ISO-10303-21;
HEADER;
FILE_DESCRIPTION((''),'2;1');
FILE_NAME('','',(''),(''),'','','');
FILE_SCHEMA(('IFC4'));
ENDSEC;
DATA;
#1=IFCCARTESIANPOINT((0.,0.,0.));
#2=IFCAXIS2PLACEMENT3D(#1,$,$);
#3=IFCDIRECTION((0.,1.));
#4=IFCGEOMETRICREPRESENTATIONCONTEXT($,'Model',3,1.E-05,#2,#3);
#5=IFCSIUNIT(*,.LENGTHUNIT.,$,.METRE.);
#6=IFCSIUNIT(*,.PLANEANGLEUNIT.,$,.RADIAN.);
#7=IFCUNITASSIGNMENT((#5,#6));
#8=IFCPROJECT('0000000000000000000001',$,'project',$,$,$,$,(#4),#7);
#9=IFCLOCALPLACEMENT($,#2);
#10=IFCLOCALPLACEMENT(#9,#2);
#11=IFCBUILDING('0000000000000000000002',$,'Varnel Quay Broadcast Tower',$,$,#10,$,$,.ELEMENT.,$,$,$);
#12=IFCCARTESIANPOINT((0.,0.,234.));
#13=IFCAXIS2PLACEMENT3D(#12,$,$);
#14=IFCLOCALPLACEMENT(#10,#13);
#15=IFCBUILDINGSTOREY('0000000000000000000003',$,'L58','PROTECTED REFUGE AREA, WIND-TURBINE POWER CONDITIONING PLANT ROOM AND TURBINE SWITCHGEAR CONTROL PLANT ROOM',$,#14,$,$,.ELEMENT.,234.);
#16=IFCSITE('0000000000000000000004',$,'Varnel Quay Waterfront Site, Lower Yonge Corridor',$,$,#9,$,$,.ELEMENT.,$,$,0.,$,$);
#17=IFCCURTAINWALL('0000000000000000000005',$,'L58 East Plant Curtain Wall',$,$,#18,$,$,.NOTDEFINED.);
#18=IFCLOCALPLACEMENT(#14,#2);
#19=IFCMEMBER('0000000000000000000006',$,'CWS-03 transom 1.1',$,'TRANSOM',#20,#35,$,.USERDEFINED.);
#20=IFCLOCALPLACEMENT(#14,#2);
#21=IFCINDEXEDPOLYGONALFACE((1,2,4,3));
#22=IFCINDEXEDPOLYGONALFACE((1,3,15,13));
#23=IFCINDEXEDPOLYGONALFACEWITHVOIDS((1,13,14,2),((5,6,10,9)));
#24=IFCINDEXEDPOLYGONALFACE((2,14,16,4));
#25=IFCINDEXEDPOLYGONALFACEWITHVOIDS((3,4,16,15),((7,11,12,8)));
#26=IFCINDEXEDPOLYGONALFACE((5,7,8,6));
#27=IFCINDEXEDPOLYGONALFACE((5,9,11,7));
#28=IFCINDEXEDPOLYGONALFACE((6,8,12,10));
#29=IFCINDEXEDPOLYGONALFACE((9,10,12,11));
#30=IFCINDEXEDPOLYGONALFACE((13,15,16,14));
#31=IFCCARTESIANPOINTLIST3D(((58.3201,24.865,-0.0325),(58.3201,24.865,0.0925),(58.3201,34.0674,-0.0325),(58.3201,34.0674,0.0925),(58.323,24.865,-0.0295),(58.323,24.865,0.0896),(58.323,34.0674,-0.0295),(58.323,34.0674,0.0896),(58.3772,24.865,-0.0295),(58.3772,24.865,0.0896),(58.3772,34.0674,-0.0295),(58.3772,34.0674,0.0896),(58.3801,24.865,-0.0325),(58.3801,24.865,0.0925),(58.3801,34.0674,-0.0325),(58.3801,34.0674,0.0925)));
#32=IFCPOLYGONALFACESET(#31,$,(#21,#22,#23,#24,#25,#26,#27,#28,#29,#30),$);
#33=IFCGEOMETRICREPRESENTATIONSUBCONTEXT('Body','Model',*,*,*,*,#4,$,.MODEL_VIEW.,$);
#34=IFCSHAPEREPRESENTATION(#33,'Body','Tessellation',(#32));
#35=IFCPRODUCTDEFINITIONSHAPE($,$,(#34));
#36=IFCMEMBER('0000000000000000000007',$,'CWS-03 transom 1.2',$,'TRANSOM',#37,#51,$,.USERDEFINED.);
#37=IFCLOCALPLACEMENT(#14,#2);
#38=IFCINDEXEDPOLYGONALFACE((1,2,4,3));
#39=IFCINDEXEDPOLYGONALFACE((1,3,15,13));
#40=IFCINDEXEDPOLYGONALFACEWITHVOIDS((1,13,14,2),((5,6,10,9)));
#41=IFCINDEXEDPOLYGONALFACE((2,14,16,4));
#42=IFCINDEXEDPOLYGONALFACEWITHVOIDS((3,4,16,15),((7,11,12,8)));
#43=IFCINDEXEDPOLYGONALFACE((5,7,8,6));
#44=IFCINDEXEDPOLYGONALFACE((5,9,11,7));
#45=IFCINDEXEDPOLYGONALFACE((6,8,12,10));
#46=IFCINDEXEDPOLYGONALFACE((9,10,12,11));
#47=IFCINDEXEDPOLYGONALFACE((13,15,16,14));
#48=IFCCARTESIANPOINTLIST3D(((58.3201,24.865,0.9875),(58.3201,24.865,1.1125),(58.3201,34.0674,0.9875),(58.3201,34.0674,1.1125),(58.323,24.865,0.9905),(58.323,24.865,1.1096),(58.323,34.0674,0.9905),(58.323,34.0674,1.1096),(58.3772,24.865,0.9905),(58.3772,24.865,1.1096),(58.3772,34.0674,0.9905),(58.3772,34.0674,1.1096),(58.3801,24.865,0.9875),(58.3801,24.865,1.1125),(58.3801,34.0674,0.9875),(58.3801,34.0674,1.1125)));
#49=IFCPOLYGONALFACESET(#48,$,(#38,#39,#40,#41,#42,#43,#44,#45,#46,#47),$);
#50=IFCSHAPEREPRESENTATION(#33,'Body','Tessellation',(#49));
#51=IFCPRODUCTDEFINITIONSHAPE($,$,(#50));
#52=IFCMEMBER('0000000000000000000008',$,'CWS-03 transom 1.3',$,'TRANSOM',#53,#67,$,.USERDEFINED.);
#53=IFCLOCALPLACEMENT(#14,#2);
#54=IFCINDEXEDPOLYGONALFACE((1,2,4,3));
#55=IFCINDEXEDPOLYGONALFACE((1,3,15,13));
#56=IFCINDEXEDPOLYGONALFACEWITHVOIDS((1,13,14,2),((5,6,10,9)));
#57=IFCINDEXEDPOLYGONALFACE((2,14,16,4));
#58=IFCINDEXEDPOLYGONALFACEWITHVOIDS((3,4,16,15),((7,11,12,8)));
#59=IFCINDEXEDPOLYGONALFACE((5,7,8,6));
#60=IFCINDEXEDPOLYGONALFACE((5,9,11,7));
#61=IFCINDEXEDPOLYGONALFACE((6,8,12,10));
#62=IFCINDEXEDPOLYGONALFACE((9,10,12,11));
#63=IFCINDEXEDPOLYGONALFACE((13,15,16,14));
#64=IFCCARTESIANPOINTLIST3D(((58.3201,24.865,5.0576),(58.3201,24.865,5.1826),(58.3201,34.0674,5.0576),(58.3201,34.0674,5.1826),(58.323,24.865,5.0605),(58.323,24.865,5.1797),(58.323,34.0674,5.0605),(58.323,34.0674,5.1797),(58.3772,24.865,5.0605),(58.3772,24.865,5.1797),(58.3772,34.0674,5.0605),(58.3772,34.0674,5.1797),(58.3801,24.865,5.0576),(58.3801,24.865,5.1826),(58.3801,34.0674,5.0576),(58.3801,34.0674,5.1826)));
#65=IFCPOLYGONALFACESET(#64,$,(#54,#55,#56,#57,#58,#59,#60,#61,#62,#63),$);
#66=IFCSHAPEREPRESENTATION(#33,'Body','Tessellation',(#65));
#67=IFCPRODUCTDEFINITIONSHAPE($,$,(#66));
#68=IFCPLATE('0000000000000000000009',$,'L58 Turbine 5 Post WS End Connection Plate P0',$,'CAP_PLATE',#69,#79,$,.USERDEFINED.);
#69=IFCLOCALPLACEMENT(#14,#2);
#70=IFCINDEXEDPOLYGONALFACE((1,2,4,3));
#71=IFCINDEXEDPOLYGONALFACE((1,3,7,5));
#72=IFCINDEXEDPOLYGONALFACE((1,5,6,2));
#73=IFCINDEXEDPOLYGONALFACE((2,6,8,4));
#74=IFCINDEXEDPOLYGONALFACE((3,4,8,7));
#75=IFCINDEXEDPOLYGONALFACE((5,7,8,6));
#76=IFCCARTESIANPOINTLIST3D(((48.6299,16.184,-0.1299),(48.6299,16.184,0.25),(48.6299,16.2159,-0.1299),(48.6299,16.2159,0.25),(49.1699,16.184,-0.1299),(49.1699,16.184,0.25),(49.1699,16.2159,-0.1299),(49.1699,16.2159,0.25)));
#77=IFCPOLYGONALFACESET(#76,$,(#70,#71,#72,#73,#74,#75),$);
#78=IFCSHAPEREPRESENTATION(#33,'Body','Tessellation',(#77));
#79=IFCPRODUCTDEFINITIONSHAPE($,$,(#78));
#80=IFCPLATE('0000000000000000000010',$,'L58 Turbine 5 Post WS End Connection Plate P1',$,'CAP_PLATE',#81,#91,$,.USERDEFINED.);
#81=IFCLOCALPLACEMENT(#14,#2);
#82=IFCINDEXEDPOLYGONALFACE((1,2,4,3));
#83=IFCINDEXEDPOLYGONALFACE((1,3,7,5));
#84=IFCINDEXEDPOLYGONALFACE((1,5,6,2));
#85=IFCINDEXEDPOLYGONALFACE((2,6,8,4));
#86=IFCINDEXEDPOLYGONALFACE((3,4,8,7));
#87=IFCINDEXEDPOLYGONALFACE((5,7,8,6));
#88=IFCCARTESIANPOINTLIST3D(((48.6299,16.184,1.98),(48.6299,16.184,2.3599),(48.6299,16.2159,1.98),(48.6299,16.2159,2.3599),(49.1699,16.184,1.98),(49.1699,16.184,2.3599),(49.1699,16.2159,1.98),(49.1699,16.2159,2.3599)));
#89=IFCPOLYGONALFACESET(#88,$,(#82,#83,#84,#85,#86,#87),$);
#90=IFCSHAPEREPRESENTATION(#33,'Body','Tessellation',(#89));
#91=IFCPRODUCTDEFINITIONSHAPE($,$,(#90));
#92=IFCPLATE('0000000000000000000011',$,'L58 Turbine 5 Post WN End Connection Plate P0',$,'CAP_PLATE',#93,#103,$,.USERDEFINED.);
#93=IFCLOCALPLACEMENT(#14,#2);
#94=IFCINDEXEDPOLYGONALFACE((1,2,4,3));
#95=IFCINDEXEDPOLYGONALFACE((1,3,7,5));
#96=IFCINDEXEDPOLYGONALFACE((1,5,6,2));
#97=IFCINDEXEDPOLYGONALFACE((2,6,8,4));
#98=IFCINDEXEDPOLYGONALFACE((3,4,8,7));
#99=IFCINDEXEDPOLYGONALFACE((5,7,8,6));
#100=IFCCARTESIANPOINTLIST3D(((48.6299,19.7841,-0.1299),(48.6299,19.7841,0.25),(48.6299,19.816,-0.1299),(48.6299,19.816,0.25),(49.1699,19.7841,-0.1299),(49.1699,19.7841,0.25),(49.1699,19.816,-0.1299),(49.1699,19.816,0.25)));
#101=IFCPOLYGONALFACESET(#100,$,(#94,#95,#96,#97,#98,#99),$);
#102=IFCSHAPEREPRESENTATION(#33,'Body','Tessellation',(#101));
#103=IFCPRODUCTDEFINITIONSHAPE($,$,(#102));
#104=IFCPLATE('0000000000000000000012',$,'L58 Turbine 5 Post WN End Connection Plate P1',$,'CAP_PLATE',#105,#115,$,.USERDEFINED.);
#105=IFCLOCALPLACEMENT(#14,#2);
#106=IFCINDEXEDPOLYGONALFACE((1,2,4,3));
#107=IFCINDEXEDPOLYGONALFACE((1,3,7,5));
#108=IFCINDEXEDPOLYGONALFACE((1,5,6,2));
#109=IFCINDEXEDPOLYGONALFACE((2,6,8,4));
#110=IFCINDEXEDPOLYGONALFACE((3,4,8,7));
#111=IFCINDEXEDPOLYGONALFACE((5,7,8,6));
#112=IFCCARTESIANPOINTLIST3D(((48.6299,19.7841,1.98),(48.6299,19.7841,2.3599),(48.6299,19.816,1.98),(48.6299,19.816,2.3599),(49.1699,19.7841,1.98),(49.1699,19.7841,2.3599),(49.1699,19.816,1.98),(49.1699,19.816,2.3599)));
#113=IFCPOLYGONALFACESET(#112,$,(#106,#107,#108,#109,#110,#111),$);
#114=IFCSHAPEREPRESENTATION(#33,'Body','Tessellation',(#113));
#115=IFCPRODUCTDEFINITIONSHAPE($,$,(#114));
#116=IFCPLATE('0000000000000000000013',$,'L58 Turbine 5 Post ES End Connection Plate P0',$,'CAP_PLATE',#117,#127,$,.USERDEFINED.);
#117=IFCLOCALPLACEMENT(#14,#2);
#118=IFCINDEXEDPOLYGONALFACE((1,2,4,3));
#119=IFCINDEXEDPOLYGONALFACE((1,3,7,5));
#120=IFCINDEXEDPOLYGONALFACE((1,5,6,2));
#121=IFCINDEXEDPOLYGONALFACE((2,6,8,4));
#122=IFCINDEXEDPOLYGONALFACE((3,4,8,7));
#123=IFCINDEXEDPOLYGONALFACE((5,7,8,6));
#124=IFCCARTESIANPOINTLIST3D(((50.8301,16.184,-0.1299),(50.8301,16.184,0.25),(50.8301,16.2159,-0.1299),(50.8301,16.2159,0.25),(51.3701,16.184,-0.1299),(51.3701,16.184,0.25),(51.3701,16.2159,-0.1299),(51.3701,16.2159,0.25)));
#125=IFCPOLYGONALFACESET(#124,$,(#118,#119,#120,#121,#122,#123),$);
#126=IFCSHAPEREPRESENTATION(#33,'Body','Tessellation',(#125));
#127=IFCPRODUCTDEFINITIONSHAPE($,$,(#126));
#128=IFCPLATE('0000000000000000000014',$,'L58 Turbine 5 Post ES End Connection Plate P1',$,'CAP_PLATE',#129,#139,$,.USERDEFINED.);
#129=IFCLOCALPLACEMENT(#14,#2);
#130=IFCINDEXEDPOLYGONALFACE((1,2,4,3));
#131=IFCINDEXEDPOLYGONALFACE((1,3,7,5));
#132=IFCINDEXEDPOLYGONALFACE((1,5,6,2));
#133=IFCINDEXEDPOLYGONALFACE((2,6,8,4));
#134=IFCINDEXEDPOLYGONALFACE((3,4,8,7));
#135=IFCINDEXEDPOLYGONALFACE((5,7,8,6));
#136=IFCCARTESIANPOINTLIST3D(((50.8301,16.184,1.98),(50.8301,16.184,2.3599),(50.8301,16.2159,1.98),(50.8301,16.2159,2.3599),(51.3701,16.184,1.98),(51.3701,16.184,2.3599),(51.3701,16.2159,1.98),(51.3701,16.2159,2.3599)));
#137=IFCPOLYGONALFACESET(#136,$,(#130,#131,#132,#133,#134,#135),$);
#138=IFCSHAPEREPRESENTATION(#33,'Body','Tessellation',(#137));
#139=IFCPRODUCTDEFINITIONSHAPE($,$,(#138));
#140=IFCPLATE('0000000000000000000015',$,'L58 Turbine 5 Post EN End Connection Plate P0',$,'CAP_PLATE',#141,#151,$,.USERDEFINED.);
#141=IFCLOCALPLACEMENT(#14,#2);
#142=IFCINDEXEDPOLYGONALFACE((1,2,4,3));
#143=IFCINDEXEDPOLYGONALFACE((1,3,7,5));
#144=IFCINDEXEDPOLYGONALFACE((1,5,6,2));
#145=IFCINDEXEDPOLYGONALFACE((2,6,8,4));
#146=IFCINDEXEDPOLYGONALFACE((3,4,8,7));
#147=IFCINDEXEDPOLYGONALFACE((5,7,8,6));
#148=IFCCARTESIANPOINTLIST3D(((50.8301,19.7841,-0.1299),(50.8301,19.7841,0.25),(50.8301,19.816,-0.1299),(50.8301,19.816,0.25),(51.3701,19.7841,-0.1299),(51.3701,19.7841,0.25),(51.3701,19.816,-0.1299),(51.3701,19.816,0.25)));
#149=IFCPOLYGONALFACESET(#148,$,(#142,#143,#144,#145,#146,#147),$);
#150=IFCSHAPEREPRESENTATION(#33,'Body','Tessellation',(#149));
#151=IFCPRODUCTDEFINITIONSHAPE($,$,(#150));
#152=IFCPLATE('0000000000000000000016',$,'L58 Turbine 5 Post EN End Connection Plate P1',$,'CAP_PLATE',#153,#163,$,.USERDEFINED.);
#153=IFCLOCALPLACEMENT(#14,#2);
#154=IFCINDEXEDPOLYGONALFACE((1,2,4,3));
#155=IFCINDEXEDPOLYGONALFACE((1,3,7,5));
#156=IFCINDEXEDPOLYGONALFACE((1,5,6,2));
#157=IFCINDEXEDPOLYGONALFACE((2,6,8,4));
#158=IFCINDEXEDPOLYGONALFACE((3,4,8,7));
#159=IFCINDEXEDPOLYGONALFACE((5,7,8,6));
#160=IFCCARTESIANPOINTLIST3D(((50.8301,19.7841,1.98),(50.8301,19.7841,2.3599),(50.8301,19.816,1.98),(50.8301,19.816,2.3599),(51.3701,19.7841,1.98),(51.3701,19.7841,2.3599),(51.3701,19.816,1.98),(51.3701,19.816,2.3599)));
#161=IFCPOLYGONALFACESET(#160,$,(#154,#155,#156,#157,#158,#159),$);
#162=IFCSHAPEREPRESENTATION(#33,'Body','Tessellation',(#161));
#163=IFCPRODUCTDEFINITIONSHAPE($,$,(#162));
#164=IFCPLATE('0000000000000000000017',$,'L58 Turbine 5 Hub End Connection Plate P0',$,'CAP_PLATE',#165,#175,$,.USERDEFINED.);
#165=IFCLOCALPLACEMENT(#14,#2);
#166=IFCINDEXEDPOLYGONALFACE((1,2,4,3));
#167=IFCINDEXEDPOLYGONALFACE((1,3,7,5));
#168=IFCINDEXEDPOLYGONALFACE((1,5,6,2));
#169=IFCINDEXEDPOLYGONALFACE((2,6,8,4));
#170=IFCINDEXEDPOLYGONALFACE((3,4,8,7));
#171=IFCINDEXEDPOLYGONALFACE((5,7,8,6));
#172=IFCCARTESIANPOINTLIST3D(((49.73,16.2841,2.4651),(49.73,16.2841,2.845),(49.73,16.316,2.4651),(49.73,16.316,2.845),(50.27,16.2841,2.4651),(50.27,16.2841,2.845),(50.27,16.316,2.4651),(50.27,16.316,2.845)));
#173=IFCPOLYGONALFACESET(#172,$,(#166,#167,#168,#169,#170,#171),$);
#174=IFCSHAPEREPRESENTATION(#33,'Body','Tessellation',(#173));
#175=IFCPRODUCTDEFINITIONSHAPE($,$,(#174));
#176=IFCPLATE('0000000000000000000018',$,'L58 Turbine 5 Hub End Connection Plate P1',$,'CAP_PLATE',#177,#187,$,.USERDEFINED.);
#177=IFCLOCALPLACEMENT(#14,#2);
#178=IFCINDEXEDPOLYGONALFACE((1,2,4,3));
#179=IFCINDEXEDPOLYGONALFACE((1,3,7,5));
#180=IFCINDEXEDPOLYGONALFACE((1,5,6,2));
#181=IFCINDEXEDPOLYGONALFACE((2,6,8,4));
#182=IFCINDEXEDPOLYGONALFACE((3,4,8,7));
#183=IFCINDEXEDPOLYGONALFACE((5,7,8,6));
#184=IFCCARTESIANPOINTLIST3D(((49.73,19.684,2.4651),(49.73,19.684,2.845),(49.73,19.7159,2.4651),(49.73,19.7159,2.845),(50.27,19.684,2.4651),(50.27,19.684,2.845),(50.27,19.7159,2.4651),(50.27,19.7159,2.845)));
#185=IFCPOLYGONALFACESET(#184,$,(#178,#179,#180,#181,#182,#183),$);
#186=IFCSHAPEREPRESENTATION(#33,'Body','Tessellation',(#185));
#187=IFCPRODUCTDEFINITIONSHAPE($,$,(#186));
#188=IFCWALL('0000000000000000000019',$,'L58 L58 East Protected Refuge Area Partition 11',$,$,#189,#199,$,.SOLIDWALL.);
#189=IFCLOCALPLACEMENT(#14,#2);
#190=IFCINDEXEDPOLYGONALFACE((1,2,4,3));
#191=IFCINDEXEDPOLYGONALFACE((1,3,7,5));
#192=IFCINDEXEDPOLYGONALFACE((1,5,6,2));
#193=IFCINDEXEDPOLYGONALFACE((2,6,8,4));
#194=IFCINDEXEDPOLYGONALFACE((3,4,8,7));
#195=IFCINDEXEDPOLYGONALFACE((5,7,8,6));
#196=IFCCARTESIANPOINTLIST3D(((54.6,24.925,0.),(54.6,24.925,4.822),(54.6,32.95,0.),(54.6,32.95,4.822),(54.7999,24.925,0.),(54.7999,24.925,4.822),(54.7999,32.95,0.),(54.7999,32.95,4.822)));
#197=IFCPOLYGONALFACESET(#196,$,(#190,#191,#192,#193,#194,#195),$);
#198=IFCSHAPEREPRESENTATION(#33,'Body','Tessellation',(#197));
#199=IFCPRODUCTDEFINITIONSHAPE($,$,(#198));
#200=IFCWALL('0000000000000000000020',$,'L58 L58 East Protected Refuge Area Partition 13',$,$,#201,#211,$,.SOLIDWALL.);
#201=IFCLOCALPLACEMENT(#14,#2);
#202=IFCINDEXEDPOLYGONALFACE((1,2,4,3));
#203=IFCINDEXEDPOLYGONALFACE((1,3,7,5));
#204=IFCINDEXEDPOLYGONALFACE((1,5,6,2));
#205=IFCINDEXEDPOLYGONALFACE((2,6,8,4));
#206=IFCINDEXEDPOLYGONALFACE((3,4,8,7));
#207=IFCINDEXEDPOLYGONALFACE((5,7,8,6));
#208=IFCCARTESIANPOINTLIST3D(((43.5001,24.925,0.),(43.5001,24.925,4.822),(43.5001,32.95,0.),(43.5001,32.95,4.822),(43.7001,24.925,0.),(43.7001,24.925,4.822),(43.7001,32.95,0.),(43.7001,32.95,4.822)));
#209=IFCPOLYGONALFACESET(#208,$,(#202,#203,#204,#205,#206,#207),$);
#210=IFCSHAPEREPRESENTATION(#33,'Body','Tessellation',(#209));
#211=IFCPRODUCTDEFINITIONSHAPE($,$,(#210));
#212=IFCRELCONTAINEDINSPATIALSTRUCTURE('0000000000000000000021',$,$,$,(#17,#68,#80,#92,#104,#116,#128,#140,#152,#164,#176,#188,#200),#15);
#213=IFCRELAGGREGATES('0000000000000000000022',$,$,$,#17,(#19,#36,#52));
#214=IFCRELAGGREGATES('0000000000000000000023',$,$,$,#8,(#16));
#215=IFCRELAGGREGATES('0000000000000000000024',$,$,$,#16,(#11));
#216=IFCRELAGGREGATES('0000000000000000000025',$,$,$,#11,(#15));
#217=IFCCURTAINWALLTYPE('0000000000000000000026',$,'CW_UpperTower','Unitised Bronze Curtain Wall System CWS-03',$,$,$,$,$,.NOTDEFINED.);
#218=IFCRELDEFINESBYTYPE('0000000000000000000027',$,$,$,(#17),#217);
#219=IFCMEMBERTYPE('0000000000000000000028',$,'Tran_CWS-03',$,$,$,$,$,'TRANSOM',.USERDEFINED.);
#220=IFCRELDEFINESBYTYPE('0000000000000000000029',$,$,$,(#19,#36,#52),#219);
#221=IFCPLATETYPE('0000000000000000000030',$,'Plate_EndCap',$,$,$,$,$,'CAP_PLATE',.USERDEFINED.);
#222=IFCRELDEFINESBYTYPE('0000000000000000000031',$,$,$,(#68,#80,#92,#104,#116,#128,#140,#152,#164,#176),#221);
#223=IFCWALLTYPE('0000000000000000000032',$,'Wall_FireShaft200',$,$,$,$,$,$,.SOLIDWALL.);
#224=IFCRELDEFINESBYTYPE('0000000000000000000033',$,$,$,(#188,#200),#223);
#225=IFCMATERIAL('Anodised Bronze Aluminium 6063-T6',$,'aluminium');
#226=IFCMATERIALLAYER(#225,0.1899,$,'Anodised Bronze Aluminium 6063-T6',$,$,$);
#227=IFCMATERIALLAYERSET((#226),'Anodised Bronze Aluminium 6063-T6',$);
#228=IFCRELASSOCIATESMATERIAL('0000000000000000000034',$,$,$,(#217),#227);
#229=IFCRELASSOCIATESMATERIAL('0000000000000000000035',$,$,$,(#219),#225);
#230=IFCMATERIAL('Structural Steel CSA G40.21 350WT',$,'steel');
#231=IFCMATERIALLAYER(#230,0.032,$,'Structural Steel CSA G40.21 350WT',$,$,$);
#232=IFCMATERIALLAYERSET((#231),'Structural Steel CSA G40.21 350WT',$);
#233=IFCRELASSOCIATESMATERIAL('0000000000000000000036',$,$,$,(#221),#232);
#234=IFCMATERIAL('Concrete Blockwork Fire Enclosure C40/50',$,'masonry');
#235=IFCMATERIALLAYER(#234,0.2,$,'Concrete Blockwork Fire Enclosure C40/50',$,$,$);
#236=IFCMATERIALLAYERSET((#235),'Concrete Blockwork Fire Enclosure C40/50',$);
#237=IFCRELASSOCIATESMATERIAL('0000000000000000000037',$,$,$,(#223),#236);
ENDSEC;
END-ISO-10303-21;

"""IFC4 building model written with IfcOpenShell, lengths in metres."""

from ifc_helpers import new_model, si_unit, direction, frame, frame_2d, origin, origin_2d, place, context, subcontext, project, spatial, rectangle, hollow_rectangle, extrude, source, transform, mapped, material, layer, layer_set, material_profile, profile_set, type_object, type_shapes, element, aggregate, save


model = new_model("IFC4")

# Units and contexts
model_context = context("Model", 3, precision=1e-05, world=origin(), true_north=direction((0.0, 1.0)))
body_context = subcontext(model_context, "Body", "Model", "MODEL_VIEW")
ifc_project = project(units=[si_unit("LENGTHUNIT", "METRE"), si_unit("PLANEANGLEUNIT", "RADIAN")], contexts=[model_context])

# Site, building, storey
site_placement = place(None, origin())
site = spatial("IfcSite", under=ifc_project, at=site_placement, Name="Varnel Quay Waterfront Site, Lower Yonge Corridor", CompositionType="ELEMENT", RefElevation=0.0)
building_placement = place(site_placement, origin())
building = spatial("IfcBuilding", under=site, at=building_placement, Name="Varnel Quay Broadcast Tower", CompositionType="ELEMENT")
storey_placement = place(building_placement, frame((0.0, 0.0, 234.0)))
storey = spatial("IfcBuildingStorey", under=building, at=storey_placement, Name="L58", Description="PROTECTED REFUGE AREA, WIND-TURBINE POWER CONDITIONING PLANT ROOM AND TURBINE SWITCHGEAR CONTROL PLANT ROOM", CompositionType="ELEMENT", Elevation=234.0)

# Shared definitions
ifc_material_1 = material(Name="Structural Steel CSA G40.21 350WT", Category="steel")

# Curtain wall, members
ifc_material_2 = material(Name="Anodised Bronze Aluminium 6063-T6", Category="aluminium")
ifc_layer_1 = layer(ifc_material_2, 0.1899, Name="Anodised Bronze Aluminium 6063-T6")
ifc_layer_set_1 = layer_set([ifc_layer_1], Name="Anodised Bronze Aluminium 6063-T6")
curtain_wall_type = type_object("IfcCurtainWallType", Name="CW_UpperTower", Description="Unitised Bronze Curtain Wall System CWS-03", PredefinedType="NOTDEFINED", material=ifc_layer_set_1)
curtain_wall_placement = place(storey_placement, origin())
curtain_wall = element("IfcCurtainWall", 1, at=curtain_wall_placement, inside=storey, type_object=curtain_wall_type, Name="L58 East Plant Curtain Wall", PredefinedType="NOTDEFINED")
ifc_material_profile_1 = material_profile(ifc_material_2, hollow_rectangle(XDim=0.0601, YDim=0.125, WallThickness=0.0029, at=origin_2d()), Name="ALU60X125X3")
ifc_profile_set_1 = profile_set([ifc_material_profile_1], Name="Anodised Bronze Aluminium 6063-T6")
member_type_1 = type_object("IfcMemberType", Name="Tran_CWS-03", ElementType="TRANSOM", PredefinedType="USERDEFINED", material=ifc_profile_set_1)
shared_shape_1 = source(origin(), body_context, "Body", "SweptSolid", [
    extrude(hollow_rectangle(XDim=0.0601, YDim=0.125, WallThickness=0.0029, at=origin_2d()), origin(), (0.0, 0.0, 1.0), 9.2024),
])
type_shapes(member_type_1, [shared_shape_1])
member_1_placement = place(storey_placement, frame((58.3501, 24.865, 0.03), z_axis=(0.0, 1.0, 0.0), x_axis=(-1.0, 0.0, 0.0)))
member_1 = element("IfcMember", 2, at=member_1_placement, type_object=member_type_1, Name="CWS-03 transom 1.1", ObjectType="TRANSOM", PredefinedType="USERDEFINED", context=body_context, shape_type="MappedRepresentation", body=[
    mapped(shared_shape_1, transform((0.0, 0.0, 0.0), x_axis=(1.0, 0.0, 0.0), y_axis=(0.0, 1.0, 0.0), z_axis=(0.0, 0.0, 1.0), scale=1.0)),
])
member_2_placement = place(storey_placement, frame((58.3501, 24.865, 1.05), z_axis=(0.0, 1.0, 0.0), x_axis=(-1.0, 0.0, 0.0)))
member_2 = element("IfcMember", 3, at=member_2_placement, type_object=member_type_1, Name="CWS-03 transom 1.2", ObjectType="TRANSOM", PredefinedType="USERDEFINED", context=body_context, shape_type="MappedRepresentation", body=[
    mapped(shared_shape_1, transform((0.0, 0.0, 0.0), x_axis=(1.0, 0.0, 0.0), y_axis=(0.0, 1.0, 0.0), z_axis=(0.0, 0.0, 1.0), scale=1.0)),
])
member_3_placement = place(storey_placement, frame((58.3501, 24.865, 5.1201), z_axis=(0.0, 1.0, 0.0), x_axis=(-1.0, 0.0, 0.0)))
member_3 = element("IfcMember", 4, at=member_3_placement, type_object=member_type_1, Name="CWS-03 transom 1.3", ObjectType="TRANSOM", PredefinedType="USERDEFINED", context=body_context, shape_type="MappedRepresentation", body=[
    mapped(shared_shape_1, transform((0.0, 0.0, 0.0), x_axis=(1.0, 0.0, 0.0), y_axis=(0.0, 1.0, 0.0), z_axis=(0.0, 0.0, 1.0), scale=1.0)),
])
aggregate(curtain_wall, [member_1, member_2, member_3])

# Plates
ifc_layer_2 = layer(ifc_material_1, 0.032, Name="Structural Steel CSA G40.21 350WT")
ifc_layer_set_2 = layer_set([ifc_layer_2], Name="Structural Steel CSA G40.21 350WT")
plate_type = type_object("IfcPlateType", Name="Plate_EndCap", ElementType="CAP_PLATE", PredefinedType="USERDEFINED", material=ifc_layer_set_2)
shared_shape_2 = source(origin(), body_context, "Body", "SweptSolid", [
    extrude(rectangle(XDim=0.54, YDim=0.032, at=origin_2d()), origin(), (0.0, 0.0, 1.0), 0.3799),
])
type_shapes(plate_type, [shared_shape_2])
for number, where, z_axis, x_axis, name in (
    (5, (48.8999, 16.2, -0.1299), (0.0, 0.0, 1.0), (1.0, 0.0, 0.0), "L58 Turbine 5 Post WS End Connection Plate P0"),
    (6, (48.8999, 16.2, 1.98), (0.0, 0.0, 1.0), (1.0, 0.0, 0.0), "L58 Turbine 5 Post WS End Connection Plate P1"),
    (7, (48.8999, 19.8, -0.1299), (0.0, 0.0, 1.0), (1.0, 0.0, 0.0), "L58 Turbine 5 Post WN End Connection Plate P0"),
    (8, (48.8999, 19.8, 1.98), (0.0, 0.0, 1.0), (1.0, 0.0, 0.0), "L58 Turbine 5 Post WN End Connection Plate P1"),
    (9, (51.1001, 16.2, -0.1299), (0.0, 0.0, 1.0), (1.0, 0.0, 0.0), "L58 Turbine 5 Post ES End Connection Plate P0"),
    (10, (51.1001, 16.2, 1.98), (0.0, 0.0, 1.0), (1.0, 0.0, 0.0), "L58 Turbine 5 Post ES End Connection Plate P1"),
    (11, (51.1001, 19.8, -0.1299), (0.0, 0.0, 1.0), (1.0, 0.0, 0.0), "L58 Turbine 5 Post EN End Connection Plate P0"),
    (12, (51.1001, 19.8, 1.98), (0.0, 0.0, 1.0), (1.0, 0.0, 0.0), "L58 Turbine 5 Post EN End Connection Plate P1"),
    (13, (50.0, 16.3, 2.4651), (0.0, 0.0, 1.0), (1.0, 0.0, 0.0), "L58 Turbine 5 Hub End Connection Plate P0"),
    (14, (50.0, 19.7, 2.4651), (0.0, 0.0, 1.0), (1.0, 0.0, 0.0), "L58 Turbine 5 Hub End Connection Plate P1"),
):
    element("IfcPlate", number, at=place(storey_placement, frame(where, z_axis=z_axis, x_axis=x_axis)), inside=storey, type_object=plate_type, Name=name, ObjectType="CAP_PLATE", PredefinedType="USERDEFINED", context=body_context, shape_type="MappedRepresentation", body=[
        mapped(shared_shape_2, transform((0.0, 0.0, 0.0), x_axis=(1.0, 0.0, 0.0), y_axis=(0.0, 1.0, 0.0), z_axis=(0.0, 0.0, 1.0), scale=1.0)),
    ])

# Walls
ifc_material_3 = material(Name="Concrete Blockwork Fire Enclosure C40/50", Category="masonry")
ifc_layer_3 = layer(ifc_material_3, 0.2, Name="Concrete Blockwork Fire Enclosure C40/50")
ifc_layer_set_3 = layer_set([ifc_layer_3], Name="Concrete Blockwork Fire Enclosure C40/50")
wall_type = type_object("IfcWallType", Name="Wall_FireShaft200", PredefinedType="SOLIDWALL", material=ifc_layer_set_3)
for number, where, z_axis, x_axis, name in (
    (15, (54.7, 24.925, 0.0), (0.0, 0.0, 1.0), (0.0, 1.0, 0.0), "L58 L58 East Protected Refuge Area Partition 11"),
    (16, (43.6001, 24.925, 0.0), (0.0, 0.0, 1.0), (0.0, 1.0, 0.0), "L58 L58 East Protected Refuge Area Partition 13"),
):
    element("IfcWall", number, at=place(storey_placement, frame(where, z_axis=z_axis, x_axis=x_axis)), inside=storey, type_object=wall_type, Name=name, PredefinedType="SOLIDWALL", context=body_context, shape_type="SweptSolid", body=[
        extrude(rectangle(XDim=8.0249, YDim=0.2, at=frame_2d((4.0125, 0.0))), origin(), (0.0, 0.0, 1.0), 4.822),
    ])

save(model, "model.ifc")
